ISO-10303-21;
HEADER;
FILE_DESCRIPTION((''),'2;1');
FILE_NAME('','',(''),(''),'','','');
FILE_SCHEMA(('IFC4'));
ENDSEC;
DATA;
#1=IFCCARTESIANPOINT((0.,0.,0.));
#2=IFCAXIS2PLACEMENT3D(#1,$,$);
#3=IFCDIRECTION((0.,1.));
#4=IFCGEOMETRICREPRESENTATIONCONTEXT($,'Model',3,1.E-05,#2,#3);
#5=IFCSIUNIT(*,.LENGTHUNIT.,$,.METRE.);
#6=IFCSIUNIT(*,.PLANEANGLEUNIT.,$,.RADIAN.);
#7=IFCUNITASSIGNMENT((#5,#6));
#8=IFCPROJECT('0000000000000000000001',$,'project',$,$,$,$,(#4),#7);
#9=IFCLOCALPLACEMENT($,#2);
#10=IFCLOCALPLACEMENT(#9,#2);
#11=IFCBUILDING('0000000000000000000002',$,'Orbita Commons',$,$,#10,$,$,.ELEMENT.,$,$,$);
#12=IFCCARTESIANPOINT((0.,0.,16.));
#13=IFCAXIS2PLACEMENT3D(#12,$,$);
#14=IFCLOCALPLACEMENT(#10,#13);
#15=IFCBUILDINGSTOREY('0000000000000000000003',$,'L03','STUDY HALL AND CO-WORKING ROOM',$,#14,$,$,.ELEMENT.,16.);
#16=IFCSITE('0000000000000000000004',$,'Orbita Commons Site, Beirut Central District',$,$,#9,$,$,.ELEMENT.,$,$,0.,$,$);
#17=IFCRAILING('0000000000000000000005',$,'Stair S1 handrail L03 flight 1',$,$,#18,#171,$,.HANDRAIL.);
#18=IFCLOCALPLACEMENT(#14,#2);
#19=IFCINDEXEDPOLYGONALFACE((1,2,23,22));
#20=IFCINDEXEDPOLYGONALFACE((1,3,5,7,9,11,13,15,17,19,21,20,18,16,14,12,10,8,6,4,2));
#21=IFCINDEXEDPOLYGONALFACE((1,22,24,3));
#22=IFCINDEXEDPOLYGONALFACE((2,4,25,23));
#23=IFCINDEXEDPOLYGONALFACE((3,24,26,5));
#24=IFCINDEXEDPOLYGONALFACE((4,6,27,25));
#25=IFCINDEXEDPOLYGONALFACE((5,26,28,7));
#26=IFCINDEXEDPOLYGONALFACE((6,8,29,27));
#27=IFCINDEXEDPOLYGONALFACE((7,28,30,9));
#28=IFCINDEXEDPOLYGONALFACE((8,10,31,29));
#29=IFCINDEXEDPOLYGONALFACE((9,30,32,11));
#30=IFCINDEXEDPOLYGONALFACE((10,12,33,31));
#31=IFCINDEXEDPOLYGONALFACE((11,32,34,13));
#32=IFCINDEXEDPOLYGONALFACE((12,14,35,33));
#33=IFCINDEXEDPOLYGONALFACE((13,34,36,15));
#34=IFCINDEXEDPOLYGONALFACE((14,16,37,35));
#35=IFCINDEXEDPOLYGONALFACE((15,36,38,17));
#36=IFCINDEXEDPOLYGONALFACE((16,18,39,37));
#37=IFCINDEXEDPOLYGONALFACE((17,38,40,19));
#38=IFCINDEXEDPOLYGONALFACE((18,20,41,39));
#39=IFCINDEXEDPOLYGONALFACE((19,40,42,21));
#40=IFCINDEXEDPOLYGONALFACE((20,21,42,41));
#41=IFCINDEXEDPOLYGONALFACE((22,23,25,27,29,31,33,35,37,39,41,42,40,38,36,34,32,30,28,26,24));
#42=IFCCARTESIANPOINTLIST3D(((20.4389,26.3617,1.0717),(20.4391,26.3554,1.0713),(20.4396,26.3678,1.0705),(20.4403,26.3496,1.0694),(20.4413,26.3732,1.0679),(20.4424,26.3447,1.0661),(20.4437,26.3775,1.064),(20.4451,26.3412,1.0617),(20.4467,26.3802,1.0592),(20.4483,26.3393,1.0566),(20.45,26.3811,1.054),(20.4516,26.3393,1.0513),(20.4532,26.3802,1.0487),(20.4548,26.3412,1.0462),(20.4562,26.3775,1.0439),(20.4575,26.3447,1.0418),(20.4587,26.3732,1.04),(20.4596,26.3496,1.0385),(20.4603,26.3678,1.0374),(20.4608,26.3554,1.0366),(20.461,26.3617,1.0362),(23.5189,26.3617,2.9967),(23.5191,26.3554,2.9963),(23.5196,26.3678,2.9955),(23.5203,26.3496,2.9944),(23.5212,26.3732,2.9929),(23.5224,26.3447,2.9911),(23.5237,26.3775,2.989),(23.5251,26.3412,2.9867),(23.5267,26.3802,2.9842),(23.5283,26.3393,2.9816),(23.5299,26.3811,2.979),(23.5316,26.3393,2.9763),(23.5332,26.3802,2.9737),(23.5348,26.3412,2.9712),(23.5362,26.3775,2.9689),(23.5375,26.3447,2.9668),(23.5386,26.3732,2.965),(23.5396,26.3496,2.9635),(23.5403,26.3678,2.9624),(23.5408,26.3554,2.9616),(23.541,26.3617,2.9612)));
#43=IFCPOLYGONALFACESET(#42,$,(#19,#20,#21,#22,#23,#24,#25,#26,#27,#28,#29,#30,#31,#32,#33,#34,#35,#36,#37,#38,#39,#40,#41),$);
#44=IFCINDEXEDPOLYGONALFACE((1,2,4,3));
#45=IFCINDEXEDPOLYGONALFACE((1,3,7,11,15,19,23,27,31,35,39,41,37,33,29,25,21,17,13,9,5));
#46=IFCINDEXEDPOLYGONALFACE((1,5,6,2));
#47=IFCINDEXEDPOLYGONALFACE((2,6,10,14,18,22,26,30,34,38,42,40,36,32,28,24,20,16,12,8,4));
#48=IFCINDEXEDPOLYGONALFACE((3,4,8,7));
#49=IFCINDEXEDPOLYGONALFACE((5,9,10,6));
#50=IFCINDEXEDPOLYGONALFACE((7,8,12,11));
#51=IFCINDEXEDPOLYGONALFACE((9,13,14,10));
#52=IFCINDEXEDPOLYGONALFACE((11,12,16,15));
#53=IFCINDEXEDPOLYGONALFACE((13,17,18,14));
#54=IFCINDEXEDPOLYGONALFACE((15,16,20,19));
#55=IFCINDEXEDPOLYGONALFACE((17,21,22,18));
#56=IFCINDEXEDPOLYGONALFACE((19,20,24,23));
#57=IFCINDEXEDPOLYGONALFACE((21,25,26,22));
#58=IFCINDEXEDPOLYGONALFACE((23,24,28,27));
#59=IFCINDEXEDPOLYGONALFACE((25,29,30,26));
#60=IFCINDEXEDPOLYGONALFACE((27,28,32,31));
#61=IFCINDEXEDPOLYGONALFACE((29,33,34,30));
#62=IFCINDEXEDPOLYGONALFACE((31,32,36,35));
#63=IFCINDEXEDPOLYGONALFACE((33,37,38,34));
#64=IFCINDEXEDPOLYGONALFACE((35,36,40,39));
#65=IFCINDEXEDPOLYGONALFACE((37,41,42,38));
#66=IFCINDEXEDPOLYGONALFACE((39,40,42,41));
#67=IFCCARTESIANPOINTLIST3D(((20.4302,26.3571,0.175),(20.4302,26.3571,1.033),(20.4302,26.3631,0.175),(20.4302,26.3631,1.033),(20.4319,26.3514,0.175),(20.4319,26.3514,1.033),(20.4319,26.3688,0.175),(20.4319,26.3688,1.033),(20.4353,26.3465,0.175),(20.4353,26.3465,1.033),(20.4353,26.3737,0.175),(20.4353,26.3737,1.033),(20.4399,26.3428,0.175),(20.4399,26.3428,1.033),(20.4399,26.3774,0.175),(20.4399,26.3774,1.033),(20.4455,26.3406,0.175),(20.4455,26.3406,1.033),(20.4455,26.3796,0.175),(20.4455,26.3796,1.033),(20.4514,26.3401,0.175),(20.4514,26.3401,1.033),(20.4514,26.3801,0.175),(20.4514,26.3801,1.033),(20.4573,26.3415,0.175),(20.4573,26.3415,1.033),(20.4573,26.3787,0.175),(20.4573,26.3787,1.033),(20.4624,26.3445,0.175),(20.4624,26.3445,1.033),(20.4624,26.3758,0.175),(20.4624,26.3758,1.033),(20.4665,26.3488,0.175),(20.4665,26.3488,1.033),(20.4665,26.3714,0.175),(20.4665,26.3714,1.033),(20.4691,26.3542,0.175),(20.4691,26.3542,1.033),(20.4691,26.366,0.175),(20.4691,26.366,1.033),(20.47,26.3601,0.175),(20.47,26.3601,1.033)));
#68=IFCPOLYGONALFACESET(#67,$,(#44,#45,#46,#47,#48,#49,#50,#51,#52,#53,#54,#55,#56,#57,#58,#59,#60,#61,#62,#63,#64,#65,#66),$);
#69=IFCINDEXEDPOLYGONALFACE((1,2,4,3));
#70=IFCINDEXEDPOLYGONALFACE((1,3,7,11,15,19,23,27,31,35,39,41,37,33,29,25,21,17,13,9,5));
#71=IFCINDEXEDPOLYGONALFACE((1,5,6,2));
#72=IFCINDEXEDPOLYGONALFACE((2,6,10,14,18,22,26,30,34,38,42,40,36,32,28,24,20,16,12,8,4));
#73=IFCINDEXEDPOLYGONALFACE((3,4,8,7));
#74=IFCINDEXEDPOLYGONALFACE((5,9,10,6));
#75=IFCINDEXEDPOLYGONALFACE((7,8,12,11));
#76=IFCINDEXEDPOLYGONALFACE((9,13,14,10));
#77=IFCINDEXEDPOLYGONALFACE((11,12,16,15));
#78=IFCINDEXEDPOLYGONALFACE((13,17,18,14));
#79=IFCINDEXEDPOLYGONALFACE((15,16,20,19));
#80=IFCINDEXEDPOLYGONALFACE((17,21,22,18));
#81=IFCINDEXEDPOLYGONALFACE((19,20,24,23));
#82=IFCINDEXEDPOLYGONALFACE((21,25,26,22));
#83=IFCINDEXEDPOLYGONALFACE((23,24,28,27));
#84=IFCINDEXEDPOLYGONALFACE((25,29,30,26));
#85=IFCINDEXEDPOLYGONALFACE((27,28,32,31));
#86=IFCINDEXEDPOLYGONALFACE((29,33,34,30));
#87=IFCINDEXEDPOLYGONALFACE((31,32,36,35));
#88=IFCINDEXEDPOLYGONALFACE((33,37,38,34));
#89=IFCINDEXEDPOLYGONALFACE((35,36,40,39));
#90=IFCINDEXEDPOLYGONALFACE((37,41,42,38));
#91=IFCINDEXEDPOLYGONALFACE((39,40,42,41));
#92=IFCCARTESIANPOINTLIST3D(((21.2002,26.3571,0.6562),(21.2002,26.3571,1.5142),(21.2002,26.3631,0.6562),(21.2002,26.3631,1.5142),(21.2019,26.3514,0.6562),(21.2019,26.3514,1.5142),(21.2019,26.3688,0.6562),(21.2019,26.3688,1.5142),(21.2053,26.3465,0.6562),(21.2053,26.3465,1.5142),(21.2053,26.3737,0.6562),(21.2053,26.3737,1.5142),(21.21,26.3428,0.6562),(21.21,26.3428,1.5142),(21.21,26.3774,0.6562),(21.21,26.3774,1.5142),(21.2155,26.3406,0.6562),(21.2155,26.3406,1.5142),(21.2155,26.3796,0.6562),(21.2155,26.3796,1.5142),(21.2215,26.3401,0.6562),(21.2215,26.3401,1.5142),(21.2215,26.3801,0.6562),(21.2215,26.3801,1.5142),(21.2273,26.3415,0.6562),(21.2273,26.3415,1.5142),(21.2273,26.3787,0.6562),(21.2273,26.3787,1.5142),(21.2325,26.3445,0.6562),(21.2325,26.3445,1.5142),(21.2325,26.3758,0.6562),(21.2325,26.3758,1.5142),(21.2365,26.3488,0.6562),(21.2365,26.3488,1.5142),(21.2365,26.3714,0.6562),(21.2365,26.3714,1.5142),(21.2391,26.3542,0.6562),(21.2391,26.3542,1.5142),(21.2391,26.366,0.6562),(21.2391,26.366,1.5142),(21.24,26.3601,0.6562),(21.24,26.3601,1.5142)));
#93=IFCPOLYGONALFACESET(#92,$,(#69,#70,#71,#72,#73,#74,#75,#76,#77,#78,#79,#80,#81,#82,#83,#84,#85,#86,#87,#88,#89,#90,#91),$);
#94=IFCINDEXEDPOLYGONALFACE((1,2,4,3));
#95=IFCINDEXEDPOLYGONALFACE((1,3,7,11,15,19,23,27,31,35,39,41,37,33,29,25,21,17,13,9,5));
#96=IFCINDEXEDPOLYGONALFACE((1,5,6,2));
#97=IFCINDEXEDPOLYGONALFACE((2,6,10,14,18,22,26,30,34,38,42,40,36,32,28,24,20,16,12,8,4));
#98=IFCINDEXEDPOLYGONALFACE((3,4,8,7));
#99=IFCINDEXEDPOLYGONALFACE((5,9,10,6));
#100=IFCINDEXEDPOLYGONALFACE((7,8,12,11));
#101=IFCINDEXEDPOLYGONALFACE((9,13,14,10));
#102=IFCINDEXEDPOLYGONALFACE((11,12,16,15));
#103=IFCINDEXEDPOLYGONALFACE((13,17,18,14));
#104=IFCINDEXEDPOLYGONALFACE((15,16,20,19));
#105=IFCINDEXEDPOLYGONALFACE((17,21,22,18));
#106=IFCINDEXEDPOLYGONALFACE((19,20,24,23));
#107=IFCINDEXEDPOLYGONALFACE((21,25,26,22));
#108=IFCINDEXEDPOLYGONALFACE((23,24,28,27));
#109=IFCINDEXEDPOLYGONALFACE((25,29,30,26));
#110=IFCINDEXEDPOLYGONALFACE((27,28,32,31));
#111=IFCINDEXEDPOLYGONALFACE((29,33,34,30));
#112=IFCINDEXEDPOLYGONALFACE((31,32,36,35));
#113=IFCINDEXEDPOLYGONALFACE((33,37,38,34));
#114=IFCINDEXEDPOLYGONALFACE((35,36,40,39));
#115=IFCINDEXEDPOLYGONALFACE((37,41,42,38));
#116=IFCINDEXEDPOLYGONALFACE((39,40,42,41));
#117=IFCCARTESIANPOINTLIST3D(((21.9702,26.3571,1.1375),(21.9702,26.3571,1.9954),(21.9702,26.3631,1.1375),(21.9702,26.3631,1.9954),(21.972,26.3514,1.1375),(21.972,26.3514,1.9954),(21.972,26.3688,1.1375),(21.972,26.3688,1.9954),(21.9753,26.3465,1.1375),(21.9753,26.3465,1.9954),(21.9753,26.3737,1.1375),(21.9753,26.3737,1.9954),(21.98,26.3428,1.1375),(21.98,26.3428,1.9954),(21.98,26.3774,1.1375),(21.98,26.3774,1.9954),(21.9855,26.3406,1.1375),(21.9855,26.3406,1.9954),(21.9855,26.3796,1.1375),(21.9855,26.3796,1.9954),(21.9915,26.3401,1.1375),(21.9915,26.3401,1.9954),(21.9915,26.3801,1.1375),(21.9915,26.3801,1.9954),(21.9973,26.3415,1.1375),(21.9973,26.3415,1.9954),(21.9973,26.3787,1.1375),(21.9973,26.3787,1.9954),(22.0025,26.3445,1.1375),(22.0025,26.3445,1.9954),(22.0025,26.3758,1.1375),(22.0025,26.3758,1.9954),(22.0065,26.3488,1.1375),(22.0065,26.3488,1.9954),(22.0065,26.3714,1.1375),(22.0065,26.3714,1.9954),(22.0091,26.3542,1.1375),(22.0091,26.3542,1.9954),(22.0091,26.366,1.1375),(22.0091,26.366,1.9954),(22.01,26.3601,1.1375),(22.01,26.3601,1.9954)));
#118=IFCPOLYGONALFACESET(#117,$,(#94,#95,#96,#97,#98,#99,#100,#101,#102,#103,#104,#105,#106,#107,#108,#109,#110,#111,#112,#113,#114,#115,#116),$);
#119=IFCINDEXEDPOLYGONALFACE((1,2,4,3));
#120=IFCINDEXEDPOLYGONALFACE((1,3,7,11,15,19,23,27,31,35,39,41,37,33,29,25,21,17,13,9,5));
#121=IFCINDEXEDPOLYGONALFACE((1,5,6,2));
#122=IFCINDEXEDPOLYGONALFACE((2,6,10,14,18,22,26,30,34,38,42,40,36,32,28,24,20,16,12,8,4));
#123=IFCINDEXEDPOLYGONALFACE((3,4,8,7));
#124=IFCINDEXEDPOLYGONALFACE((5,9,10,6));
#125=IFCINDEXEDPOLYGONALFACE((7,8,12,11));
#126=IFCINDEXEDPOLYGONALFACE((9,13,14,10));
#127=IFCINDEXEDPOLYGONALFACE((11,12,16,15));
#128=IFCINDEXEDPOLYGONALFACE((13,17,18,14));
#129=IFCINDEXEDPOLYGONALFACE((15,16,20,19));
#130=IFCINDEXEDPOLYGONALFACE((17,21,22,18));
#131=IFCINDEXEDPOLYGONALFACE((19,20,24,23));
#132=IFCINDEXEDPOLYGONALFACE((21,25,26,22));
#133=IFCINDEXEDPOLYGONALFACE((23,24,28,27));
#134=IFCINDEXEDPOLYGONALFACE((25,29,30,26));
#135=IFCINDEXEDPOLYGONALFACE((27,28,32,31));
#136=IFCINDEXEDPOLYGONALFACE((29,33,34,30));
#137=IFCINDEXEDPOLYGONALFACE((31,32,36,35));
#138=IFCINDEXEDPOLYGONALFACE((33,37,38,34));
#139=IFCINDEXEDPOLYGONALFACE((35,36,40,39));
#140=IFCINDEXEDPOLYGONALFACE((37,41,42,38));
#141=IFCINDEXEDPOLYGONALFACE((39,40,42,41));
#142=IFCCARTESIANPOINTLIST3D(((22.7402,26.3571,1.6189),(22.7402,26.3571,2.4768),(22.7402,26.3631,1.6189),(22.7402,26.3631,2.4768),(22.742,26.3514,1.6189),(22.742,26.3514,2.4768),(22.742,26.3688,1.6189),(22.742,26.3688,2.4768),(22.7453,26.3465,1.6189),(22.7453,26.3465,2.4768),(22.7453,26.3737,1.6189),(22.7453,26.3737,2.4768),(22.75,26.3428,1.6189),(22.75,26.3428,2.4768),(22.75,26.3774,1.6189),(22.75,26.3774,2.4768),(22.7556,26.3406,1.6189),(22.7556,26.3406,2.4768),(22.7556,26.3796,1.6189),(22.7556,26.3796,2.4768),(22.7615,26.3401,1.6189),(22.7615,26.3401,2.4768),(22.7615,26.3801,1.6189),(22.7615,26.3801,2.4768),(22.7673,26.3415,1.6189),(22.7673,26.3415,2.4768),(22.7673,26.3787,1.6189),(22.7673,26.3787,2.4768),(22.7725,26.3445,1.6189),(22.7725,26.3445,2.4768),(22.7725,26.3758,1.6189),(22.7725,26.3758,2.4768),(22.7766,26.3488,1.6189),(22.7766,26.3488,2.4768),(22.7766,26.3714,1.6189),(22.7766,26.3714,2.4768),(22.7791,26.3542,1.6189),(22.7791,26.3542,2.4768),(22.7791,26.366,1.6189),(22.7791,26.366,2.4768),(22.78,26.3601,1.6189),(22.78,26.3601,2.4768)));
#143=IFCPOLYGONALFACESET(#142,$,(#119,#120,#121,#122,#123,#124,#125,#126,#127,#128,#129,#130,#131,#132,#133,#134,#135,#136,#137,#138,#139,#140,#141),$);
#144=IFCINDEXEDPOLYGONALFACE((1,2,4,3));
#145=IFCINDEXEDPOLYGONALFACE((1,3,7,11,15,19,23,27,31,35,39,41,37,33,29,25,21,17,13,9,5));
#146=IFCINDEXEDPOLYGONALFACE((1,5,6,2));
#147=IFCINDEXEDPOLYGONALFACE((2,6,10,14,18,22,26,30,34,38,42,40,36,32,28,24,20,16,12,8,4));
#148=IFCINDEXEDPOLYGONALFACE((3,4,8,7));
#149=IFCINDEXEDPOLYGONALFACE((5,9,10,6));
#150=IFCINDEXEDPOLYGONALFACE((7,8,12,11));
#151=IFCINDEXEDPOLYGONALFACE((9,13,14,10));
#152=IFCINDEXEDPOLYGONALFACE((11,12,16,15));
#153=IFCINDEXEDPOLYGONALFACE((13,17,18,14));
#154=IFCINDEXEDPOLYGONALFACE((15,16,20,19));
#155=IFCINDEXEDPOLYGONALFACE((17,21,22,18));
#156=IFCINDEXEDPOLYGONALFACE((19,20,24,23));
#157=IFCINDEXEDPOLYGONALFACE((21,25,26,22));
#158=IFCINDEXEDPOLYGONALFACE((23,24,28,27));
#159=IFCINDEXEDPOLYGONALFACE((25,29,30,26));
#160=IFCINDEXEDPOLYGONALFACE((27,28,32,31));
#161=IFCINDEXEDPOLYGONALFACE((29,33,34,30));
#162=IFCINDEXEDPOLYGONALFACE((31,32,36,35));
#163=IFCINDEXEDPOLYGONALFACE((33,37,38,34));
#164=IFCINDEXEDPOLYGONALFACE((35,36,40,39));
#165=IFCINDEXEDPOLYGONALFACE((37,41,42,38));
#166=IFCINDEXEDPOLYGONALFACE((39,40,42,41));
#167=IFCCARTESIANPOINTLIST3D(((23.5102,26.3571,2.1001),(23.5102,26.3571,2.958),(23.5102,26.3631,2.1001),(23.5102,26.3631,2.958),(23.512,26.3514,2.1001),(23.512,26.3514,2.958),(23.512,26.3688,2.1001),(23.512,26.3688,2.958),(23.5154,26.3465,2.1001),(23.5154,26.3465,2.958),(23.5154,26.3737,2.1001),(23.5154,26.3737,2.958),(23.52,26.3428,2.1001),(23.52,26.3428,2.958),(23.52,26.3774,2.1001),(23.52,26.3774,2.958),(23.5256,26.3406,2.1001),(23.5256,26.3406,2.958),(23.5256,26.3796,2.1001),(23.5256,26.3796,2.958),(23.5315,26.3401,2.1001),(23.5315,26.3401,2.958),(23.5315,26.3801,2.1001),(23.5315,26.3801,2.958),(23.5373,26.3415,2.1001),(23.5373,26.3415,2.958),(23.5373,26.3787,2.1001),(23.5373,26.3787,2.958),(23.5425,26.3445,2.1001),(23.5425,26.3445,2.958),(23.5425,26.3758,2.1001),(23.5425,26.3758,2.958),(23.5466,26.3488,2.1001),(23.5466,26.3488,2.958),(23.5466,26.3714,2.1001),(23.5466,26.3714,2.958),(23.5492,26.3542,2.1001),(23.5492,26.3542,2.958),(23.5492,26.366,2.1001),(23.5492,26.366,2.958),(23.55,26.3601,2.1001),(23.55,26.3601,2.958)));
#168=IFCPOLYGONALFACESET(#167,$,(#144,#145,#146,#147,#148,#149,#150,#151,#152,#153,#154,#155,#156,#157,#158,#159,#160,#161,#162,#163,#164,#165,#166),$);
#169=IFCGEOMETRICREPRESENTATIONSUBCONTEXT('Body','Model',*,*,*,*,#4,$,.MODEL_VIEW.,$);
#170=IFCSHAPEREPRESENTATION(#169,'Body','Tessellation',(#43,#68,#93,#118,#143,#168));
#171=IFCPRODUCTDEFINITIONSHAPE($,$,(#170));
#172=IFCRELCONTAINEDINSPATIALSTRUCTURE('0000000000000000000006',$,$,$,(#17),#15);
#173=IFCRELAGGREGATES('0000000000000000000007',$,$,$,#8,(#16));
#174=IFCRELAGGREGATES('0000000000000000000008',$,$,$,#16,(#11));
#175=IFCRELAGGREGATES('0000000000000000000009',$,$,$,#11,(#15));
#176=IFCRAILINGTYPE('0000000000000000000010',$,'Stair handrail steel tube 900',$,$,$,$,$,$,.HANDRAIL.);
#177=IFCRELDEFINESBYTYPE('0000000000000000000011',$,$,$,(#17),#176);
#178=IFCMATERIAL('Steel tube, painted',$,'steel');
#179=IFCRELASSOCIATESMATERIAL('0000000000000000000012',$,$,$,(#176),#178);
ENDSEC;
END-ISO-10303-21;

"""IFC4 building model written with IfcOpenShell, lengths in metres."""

from ifc_helpers import new_model, si_unit, direction, frame, origin, origin_2d, place, context, subcontext, project, spatial, circle, extrude, material, type_object, element, save


model = new_model("IFC4")

# Units and contexts
model_context = context("Model", 3, precision=1e-05, world=origin(), true_north=direction((0.0, 1.0)))
body_context = subcontext(model_context, "Body", "Model", "MODEL_VIEW")
ifc_project = project(units=[si_unit("LENGTHUNIT", "METRE"), si_unit("PLANEANGLEUNIT", "RADIAN")], contexts=[model_context])

# Site, building, storey
site_placement = place(None, origin())
site = spatial("IfcSite", under=ifc_project, at=site_placement, Name="Orbita Commons Site, Beirut Central District", CompositionType="ELEMENT", RefElevation=0.0)
building_placement = place(site_placement, origin())
building = spatial("IfcBuilding", under=site, at=building_placement, Name="Orbita Commons", CompositionType="ELEMENT")
storey_placement = place(building_placement, frame((0.0, 0.0, 16.0)))
storey = spatial("IfcBuildingStorey", under=building, at=storey_placement, Name="L03", Description="STUDY HALL AND CO-WORKING ROOM", CompositionType="ELEMENT", Elevation=16.0)

# Railing
ifc_material_1 = material(Name="Steel tube, painted", Category="steel")
railing_type = type_object("IfcRailingType", Name="Stair handrail steel tube 900", PredefinedType="HANDRAIL", material=ifc_material_1)
for number, where, name in (
    (1, (20.45, 26.3601, 0.175), "Stair S1 handrail L03 flight 1"),
):
    element("IfcRailing", number, at=place(storey_placement, frame(where)), inside=storey, type_object=railing_type, Name=name, PredefinedType="HANDRAIL", context=body_context, shape_type="SweptSolid", body=[
        extrude(circle(Radius=0.021, at=origin_2d()), frame((0.0, 0.0, 0.8789), z_axis=(0.847998, 0.0, 0.529999), x_axis=(0.0, 1.0, 0.0)), (0.0, 0.0, 1.0), 3.6321),
        extrude(circle(Radius=0.02, at=origin_2d()), origin(), (0.0, 0.0, 1.0), 0.8579),
        extrude(circle(Radius=0.02, at=origin_2d()), frame((0.77, 0.0, 0.4812)), (0.0, 0.0, 1.0), 0.8579),
        extrude(circle(Radius=0.02, at=origin_2d()), frame((1.54, 0.0, 0.9624)), (0.0, 0.0, 1.0), 0.8579),
        extrude(circle(Radius=0.02, at=origin_2d()), frame((2.3101, 0.0, 1.4438)), (0.0, 0.0, 1.0), 0.8579),
        extrude(circle(Radius=0.02, at=origin_2d()), frame((3.0801, 0.0, 1.925)), (0.0, 0.0, 1.0), 0.8579),
    ])

save(model, "model.ifc")
